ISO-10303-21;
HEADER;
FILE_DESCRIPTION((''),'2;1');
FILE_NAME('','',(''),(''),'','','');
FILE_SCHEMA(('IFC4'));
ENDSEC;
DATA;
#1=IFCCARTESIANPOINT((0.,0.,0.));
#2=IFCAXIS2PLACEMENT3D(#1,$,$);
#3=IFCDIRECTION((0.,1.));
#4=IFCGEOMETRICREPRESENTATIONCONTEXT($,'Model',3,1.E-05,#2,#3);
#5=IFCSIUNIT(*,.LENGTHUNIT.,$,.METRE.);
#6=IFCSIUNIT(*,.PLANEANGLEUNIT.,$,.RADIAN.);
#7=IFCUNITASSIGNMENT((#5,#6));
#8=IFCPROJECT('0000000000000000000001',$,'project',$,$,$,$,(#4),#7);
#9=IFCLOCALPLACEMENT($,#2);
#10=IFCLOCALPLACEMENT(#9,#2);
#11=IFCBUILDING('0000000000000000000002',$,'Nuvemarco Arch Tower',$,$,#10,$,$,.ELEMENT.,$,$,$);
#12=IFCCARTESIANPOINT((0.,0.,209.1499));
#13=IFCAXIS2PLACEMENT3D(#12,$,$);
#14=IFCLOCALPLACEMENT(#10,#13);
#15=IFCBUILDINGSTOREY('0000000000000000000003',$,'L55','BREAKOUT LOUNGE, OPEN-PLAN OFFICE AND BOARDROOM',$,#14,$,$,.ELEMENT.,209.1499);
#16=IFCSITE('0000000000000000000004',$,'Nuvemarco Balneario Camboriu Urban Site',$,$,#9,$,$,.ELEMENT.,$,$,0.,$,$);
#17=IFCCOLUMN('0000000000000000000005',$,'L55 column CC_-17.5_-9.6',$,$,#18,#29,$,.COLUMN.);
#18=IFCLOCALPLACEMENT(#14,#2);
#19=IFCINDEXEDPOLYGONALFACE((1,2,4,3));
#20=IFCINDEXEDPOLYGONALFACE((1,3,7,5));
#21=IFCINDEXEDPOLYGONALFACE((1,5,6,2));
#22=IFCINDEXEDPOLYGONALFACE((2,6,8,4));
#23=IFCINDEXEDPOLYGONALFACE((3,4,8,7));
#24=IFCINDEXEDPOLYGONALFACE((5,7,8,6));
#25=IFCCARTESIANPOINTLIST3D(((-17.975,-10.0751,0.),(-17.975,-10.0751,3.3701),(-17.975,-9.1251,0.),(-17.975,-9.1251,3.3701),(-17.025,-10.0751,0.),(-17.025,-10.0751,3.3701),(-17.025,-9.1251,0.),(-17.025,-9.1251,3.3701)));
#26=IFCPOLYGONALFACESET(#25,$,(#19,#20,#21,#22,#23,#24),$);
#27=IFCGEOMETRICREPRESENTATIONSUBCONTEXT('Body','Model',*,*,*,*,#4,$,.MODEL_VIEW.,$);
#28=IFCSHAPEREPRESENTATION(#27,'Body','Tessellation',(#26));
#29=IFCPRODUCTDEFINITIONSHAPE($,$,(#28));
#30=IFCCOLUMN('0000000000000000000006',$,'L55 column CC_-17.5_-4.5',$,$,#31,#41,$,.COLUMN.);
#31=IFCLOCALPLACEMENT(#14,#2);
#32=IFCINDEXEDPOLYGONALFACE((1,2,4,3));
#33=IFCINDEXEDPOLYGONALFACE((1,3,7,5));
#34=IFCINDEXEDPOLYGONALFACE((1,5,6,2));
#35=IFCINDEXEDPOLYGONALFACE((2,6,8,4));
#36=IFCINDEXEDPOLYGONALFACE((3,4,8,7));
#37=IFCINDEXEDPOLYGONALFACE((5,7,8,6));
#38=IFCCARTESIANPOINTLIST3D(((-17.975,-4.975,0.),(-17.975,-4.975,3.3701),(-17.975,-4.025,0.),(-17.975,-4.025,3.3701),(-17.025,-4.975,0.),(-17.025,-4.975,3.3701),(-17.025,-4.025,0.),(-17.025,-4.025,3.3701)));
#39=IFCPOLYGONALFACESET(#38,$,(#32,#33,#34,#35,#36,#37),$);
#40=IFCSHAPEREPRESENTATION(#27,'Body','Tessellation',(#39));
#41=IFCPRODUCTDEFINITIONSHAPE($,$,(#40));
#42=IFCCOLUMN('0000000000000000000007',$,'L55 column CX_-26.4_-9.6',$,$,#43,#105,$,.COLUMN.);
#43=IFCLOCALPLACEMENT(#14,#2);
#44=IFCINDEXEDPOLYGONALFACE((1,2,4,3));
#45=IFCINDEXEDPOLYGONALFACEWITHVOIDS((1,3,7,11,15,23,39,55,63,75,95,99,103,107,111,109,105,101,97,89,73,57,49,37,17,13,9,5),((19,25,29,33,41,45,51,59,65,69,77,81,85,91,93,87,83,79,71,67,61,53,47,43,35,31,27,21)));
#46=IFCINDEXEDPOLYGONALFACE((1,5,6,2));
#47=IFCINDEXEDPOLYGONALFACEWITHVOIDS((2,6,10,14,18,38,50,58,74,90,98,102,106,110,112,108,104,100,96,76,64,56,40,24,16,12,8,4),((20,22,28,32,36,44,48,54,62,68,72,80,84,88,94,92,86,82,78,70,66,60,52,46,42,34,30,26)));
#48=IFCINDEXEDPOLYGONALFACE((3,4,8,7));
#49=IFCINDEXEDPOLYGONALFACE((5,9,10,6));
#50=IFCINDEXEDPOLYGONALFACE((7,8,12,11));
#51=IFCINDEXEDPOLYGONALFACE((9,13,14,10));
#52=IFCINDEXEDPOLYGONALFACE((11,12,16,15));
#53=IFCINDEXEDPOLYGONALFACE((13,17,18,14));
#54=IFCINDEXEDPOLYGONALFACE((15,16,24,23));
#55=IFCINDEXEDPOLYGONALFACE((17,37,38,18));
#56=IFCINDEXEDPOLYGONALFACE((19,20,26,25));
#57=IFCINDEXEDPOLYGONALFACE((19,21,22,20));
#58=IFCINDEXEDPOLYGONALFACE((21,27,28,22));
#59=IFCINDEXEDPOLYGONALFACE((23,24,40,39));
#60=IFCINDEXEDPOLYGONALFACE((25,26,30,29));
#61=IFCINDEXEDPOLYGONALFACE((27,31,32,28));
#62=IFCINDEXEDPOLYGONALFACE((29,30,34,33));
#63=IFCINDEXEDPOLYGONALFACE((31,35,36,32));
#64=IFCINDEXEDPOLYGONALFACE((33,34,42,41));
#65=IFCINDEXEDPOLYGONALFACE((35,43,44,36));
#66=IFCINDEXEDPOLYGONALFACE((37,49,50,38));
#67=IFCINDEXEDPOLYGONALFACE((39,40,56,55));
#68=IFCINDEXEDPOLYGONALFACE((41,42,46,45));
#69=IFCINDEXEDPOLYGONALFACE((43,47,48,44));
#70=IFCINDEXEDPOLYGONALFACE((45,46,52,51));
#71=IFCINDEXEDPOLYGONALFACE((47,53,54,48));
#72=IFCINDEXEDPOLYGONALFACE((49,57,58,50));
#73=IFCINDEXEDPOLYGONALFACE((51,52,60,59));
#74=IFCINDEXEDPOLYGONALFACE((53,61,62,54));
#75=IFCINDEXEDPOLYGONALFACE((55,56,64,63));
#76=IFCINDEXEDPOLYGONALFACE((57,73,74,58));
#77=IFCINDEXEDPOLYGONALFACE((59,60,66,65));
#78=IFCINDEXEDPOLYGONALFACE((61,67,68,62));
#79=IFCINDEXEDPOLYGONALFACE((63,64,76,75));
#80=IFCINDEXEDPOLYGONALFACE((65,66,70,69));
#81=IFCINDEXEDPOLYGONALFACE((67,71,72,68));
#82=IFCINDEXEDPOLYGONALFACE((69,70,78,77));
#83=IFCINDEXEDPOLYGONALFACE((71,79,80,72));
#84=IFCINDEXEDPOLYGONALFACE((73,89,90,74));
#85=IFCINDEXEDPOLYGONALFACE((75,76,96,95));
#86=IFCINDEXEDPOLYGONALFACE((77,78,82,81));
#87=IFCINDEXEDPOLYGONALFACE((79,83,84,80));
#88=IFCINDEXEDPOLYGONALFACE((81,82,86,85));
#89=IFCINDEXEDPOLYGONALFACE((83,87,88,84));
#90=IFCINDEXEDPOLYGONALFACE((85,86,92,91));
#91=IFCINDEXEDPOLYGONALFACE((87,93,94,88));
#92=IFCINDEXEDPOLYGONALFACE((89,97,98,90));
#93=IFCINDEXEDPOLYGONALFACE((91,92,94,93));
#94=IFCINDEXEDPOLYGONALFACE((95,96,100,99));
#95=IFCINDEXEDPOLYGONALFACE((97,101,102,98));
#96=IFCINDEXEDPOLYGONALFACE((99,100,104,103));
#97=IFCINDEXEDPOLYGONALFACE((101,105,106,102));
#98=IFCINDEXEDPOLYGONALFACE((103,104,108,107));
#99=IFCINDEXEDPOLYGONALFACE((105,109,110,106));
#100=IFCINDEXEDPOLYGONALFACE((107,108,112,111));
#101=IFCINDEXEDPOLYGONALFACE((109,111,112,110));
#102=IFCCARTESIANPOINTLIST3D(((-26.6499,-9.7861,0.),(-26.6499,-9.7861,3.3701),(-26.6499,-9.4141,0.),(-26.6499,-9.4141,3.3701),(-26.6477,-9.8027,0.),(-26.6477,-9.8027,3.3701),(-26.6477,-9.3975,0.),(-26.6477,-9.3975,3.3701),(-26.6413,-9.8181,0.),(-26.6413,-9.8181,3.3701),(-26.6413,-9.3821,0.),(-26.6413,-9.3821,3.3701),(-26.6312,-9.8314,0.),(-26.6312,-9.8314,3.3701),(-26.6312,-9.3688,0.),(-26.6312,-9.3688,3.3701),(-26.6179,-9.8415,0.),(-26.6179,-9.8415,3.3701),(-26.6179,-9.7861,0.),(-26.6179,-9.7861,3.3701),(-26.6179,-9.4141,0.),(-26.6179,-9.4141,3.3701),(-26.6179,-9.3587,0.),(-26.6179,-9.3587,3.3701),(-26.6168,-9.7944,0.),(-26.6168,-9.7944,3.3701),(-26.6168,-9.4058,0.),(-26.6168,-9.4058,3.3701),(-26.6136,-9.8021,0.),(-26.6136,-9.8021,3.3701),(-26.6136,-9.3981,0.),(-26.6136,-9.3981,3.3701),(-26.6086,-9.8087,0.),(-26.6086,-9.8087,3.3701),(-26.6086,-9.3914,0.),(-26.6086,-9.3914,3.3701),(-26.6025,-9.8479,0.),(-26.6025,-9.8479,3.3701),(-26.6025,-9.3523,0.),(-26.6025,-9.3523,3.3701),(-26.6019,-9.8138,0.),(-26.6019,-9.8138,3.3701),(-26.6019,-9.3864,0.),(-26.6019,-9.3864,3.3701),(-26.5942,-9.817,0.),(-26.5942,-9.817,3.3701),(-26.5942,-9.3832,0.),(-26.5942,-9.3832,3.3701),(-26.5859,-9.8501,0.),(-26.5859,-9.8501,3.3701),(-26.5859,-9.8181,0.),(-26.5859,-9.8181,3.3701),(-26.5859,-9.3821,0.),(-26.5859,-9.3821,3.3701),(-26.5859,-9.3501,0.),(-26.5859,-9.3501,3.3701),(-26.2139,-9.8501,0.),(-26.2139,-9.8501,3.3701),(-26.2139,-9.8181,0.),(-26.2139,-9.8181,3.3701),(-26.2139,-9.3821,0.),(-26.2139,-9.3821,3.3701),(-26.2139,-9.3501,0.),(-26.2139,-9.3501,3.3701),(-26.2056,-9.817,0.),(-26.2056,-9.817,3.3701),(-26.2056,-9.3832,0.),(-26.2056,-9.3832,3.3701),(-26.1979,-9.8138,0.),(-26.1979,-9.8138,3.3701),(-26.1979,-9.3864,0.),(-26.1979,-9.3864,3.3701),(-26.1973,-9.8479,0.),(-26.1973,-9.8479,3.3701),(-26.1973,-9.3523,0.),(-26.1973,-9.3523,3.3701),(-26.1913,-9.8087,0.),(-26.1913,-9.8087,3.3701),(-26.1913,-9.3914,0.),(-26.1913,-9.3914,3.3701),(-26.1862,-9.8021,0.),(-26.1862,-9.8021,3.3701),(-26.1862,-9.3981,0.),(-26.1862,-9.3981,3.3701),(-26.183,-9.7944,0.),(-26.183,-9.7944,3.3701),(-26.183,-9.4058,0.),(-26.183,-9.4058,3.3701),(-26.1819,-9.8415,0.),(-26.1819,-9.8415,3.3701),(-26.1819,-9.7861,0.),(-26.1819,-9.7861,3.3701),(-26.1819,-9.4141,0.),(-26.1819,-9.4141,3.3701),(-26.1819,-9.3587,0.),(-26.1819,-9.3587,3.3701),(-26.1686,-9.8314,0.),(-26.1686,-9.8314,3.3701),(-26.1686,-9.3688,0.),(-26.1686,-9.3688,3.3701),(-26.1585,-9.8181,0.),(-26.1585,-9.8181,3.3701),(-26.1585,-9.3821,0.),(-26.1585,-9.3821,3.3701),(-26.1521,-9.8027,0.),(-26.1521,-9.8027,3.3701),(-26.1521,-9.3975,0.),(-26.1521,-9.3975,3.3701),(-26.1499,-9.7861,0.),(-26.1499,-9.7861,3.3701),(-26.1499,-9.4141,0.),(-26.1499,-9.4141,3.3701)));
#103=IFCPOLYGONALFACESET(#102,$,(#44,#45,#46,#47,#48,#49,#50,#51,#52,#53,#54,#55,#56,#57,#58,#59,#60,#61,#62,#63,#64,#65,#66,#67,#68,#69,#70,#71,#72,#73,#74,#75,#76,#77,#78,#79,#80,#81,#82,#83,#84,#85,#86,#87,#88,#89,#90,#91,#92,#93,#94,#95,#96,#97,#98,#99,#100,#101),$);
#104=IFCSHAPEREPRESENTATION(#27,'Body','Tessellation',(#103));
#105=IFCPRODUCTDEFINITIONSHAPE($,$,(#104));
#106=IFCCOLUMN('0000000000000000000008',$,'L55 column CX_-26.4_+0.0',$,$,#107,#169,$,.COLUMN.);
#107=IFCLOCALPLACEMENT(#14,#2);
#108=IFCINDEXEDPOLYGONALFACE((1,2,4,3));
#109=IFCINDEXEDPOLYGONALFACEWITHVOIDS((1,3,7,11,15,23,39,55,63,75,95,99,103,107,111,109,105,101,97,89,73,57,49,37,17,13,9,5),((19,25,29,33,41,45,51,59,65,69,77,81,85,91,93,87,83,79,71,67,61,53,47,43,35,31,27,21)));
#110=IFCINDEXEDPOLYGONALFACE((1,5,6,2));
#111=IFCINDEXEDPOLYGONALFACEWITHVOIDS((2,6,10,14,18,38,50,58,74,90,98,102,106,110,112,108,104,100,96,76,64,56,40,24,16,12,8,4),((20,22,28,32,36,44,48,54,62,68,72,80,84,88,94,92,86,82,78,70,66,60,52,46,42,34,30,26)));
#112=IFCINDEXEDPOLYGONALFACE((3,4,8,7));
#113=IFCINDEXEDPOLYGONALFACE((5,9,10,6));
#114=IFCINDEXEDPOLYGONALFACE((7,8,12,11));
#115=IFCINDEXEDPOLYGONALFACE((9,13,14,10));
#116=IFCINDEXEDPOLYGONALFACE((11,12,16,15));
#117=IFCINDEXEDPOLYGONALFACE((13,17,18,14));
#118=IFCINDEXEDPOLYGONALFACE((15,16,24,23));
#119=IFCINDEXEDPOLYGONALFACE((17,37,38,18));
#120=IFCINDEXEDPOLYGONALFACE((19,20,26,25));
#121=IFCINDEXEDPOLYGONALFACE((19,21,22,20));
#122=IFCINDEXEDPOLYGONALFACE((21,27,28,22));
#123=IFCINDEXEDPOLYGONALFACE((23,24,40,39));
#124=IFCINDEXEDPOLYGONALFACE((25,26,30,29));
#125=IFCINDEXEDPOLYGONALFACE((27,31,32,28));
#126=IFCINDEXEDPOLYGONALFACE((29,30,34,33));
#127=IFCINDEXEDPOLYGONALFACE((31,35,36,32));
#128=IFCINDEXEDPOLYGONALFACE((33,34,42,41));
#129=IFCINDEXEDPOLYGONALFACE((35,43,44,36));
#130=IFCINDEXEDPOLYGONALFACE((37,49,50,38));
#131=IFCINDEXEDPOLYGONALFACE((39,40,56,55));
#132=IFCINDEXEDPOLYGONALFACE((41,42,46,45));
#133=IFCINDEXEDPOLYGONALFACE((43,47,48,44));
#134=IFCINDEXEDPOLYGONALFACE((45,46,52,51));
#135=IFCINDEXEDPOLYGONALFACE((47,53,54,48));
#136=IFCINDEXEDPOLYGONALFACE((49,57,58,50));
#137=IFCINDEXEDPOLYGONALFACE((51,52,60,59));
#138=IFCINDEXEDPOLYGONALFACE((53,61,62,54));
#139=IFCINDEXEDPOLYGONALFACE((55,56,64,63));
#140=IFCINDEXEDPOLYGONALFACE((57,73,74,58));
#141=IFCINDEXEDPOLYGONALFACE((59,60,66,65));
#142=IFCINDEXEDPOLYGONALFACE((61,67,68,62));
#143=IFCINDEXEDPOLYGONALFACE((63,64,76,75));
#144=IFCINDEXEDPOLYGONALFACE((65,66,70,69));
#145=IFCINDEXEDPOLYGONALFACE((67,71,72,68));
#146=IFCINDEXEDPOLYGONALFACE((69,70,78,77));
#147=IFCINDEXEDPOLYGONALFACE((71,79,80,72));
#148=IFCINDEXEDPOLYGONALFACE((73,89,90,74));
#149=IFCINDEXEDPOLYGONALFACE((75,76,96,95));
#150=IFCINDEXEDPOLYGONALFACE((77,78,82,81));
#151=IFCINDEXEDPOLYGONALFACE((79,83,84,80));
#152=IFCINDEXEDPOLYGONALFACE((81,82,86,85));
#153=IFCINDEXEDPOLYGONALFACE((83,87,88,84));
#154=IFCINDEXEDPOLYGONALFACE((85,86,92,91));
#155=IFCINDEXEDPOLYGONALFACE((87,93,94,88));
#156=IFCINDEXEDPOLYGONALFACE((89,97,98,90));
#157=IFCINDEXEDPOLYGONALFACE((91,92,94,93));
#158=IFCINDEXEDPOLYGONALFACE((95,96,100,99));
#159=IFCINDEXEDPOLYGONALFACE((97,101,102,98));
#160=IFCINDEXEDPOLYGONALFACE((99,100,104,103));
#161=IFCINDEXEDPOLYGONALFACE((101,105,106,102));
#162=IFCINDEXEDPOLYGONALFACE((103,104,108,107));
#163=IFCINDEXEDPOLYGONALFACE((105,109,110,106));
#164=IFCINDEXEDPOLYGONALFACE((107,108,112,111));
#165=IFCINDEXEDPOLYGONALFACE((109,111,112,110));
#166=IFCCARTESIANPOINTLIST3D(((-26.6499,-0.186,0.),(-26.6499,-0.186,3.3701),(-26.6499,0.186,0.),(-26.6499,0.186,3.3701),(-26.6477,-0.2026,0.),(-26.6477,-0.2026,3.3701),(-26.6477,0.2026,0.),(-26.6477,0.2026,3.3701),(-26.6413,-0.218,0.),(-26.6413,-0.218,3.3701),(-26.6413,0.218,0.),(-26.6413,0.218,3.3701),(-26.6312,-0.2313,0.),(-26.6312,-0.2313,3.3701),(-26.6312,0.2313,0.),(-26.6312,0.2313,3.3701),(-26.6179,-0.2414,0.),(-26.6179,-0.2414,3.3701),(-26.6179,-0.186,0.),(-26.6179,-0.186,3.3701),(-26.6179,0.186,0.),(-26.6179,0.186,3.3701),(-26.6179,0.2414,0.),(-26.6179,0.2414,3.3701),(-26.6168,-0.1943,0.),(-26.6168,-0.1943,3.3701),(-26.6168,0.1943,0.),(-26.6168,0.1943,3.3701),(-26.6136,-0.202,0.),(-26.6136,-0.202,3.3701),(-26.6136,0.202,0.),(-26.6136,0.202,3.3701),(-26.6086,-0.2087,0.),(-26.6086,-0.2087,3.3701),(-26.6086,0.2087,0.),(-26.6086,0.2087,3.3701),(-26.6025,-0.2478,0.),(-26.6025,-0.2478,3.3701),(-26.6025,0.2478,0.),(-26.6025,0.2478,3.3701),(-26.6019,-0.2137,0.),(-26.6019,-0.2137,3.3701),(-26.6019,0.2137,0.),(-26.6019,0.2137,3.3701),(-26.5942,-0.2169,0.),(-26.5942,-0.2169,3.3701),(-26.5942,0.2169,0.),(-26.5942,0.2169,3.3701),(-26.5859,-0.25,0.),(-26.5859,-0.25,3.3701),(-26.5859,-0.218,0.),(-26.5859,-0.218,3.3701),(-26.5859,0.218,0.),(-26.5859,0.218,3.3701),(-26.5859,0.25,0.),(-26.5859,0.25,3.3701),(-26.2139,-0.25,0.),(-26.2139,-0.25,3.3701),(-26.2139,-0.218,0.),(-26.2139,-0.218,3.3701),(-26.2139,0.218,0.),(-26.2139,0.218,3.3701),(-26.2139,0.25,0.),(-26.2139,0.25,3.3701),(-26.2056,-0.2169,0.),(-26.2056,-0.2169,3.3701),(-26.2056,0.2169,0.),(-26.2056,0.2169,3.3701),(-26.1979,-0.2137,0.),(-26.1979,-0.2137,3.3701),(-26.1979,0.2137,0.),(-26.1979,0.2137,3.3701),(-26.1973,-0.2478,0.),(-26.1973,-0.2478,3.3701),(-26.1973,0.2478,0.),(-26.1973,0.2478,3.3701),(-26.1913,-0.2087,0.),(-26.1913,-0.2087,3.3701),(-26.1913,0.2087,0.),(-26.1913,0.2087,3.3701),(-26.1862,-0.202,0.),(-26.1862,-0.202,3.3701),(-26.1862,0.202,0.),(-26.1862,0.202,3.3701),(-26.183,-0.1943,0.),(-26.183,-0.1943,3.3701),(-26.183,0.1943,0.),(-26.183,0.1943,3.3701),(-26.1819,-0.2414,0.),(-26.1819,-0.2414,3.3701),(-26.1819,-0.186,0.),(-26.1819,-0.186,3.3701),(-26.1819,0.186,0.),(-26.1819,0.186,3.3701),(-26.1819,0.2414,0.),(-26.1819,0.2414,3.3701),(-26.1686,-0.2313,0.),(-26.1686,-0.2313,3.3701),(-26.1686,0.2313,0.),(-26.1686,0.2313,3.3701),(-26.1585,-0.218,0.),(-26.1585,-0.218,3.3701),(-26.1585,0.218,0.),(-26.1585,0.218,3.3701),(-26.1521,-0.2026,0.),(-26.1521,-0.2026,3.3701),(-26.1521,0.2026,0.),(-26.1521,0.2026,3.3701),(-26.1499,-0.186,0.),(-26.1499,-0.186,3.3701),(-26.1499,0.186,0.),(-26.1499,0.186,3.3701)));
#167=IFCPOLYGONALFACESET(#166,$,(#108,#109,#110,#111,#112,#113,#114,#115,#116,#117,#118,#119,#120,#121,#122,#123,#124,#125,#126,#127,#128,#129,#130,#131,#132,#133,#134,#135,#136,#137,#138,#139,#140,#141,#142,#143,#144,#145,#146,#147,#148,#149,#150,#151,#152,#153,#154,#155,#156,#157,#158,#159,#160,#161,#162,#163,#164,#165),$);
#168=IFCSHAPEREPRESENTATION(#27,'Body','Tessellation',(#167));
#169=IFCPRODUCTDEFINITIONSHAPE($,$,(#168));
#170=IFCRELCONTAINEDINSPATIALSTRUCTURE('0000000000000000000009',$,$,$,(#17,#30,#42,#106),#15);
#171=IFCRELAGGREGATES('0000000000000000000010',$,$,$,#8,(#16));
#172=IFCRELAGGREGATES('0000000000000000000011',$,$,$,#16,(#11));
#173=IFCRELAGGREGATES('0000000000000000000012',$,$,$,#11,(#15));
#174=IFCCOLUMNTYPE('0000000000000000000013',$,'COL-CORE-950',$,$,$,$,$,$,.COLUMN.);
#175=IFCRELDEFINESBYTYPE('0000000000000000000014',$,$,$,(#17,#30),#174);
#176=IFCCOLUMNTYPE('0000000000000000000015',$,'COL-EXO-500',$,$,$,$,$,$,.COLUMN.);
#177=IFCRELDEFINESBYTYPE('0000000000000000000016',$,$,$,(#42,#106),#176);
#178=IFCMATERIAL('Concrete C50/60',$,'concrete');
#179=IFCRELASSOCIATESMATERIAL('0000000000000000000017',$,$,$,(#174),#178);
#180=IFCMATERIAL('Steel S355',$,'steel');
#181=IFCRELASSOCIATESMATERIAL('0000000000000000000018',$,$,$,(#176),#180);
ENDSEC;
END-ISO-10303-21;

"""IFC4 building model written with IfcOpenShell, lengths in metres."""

from ifc_helpers import new_model, si_unit, direction, frame, origin, origin_2d, place, context, subcontext, project, spatial, rectangle, hollow_rectangle, extrude, material, material_profile, profile_set, type_object, element, save


model = new_model("IFC4")

# Units and contexts
model_context = context("Model", 3, precision=1e-05, world=origin(), true_north=direction((0.0, 1.0)))
body_context = subcontext(model_context, "Body", "Model", "MODEL_VIEW")
ifc_project = project(units=[si_unit("LENGTHUNIT", "METRE"), si_unit("PLANEANGLEUNIT", "RADIAN")], contexts=[model_context])

# Site, building, storey
site_placement = place(None, origin())
site = spatial("IfcSite", under=ifc_project, at=site_placement, Name="Nuvemarco Balneario Camboriu Urban Site", CompositionType="ELEMENT", RefElevation=0.0)
building_placement = place(site_placement, origin())
building = spatial("IfcBuilding", under=site, at=building_placement, Name="Nuvemarco Arch Tower", CompositionType="ELEMENT")
storey_placement = place(building_placement, frame((0.0, 0.0, 209.1499)))
storey = spatial("IfcBuildingStorey", under=building, at=storey_placement, Name="L55", Description="BREAKOUT LOUNGE, OPEN-PLAN OFFICE AND BOARDROOM", CompositionType="ELEMENT", Elevation=209.1499)

# Columns
ifc_material_1 = material(Name="Concrete C50/60", Category="concrete")
ifc_material_profile_1 = material_profile(ifc_material_1, rectangle(XDim=0.95, YDim=0.95, at=origin_2d()), Name="RC-COL-950x950")
ifc_profile_set_1 = profile_set([ifc_material_profile_1], Name="Concrete C50/60")
column_type_1 = type_object("IfcColumnType", Name="COL-CORE-950", PredefinedType="COLUMN", material=ifc_profile_set_1)
for number, where, z_axis, x_axis, name in (
    (1, (-17.5, -9.6001, 0.0), (0.0, 0.0, 1.0), (1.0, 0.0, 0.0), "L55 column CC_-17.5_-9.6"),
    (2, (-17.5, -4.5, 0.0), (0.0, 0.0, 1.0), (1.0, 0.0, 0.0), "L55 column CC_-17.5_-4.5"),
):
    element("IfcColumn", number, at=place(storey_placement, frame(where, z_axis=z_axis, x_axis=x_axis)), inside=storey, type_object=column_type_1, Name=name, PredefinedType="COLUMN", context=body_context, shape_type="SweptSolid", body=[
        extrude(rectangle(XDim=0.95, YDim=0.95, at=origin_2d()), origin(), (0.0, 0.0, 1.0), 3.3701),
    ])
ifc_material_2 = material(Name="Steel S355", Category="steel")
ifc_material_profile_2 = material_profile(ifc_material_2, hollow_rectangle(XDim=0.5, YDim=0.5, WallThickness=0.032, InnerFilletRadius=0.032, OuterFilletRadius=0.064, at=origin_2d()), Name="SHS500x500x32")
ifc_profile_set_2 = profile_set([ifc_material_profile_2], Name="Steel S355")
column_type_2 = type_object("IfcColumnType", Name="COL-EXO-500", PredefinedType="COLUMN", material=ifc_profile_set_2)
for number, where, z_axis, x_axis, name in (
    (3, (-26.3999, -9.6001, 0.0), (0.0, 0.0, 1.0), (1.0, 0.0, 0.0), "L55 column CX_-26.4_-9.6"),
    (4, (-26.3999, 0.0, 0.0), (0.0, 0.0, 1.0), (1.0, 0.0, 0.0), "L55 column CX_-26.4_+0.0"),
):
    element("IfcColumn", number, at=place(storey_placement, frame(where, z_axis=z_axis, x_axis=x_axis)), inside=storey, type_object=column_type_2, Name=name, PredefinedType="COLUMN", context=body_context, shape_type="SweptSolid", body=[
        extrude(hollow_rectangle(XDim=0.5, YDim=0.5, WallThickness=0.032, InnerFilletRadius=0.032, OuterFilletRadius=0.064, at=origin_2d()), origin(), (0.0, 0.0, 1.0), 3.3701),
    ])

save(model, "model.ifc")
